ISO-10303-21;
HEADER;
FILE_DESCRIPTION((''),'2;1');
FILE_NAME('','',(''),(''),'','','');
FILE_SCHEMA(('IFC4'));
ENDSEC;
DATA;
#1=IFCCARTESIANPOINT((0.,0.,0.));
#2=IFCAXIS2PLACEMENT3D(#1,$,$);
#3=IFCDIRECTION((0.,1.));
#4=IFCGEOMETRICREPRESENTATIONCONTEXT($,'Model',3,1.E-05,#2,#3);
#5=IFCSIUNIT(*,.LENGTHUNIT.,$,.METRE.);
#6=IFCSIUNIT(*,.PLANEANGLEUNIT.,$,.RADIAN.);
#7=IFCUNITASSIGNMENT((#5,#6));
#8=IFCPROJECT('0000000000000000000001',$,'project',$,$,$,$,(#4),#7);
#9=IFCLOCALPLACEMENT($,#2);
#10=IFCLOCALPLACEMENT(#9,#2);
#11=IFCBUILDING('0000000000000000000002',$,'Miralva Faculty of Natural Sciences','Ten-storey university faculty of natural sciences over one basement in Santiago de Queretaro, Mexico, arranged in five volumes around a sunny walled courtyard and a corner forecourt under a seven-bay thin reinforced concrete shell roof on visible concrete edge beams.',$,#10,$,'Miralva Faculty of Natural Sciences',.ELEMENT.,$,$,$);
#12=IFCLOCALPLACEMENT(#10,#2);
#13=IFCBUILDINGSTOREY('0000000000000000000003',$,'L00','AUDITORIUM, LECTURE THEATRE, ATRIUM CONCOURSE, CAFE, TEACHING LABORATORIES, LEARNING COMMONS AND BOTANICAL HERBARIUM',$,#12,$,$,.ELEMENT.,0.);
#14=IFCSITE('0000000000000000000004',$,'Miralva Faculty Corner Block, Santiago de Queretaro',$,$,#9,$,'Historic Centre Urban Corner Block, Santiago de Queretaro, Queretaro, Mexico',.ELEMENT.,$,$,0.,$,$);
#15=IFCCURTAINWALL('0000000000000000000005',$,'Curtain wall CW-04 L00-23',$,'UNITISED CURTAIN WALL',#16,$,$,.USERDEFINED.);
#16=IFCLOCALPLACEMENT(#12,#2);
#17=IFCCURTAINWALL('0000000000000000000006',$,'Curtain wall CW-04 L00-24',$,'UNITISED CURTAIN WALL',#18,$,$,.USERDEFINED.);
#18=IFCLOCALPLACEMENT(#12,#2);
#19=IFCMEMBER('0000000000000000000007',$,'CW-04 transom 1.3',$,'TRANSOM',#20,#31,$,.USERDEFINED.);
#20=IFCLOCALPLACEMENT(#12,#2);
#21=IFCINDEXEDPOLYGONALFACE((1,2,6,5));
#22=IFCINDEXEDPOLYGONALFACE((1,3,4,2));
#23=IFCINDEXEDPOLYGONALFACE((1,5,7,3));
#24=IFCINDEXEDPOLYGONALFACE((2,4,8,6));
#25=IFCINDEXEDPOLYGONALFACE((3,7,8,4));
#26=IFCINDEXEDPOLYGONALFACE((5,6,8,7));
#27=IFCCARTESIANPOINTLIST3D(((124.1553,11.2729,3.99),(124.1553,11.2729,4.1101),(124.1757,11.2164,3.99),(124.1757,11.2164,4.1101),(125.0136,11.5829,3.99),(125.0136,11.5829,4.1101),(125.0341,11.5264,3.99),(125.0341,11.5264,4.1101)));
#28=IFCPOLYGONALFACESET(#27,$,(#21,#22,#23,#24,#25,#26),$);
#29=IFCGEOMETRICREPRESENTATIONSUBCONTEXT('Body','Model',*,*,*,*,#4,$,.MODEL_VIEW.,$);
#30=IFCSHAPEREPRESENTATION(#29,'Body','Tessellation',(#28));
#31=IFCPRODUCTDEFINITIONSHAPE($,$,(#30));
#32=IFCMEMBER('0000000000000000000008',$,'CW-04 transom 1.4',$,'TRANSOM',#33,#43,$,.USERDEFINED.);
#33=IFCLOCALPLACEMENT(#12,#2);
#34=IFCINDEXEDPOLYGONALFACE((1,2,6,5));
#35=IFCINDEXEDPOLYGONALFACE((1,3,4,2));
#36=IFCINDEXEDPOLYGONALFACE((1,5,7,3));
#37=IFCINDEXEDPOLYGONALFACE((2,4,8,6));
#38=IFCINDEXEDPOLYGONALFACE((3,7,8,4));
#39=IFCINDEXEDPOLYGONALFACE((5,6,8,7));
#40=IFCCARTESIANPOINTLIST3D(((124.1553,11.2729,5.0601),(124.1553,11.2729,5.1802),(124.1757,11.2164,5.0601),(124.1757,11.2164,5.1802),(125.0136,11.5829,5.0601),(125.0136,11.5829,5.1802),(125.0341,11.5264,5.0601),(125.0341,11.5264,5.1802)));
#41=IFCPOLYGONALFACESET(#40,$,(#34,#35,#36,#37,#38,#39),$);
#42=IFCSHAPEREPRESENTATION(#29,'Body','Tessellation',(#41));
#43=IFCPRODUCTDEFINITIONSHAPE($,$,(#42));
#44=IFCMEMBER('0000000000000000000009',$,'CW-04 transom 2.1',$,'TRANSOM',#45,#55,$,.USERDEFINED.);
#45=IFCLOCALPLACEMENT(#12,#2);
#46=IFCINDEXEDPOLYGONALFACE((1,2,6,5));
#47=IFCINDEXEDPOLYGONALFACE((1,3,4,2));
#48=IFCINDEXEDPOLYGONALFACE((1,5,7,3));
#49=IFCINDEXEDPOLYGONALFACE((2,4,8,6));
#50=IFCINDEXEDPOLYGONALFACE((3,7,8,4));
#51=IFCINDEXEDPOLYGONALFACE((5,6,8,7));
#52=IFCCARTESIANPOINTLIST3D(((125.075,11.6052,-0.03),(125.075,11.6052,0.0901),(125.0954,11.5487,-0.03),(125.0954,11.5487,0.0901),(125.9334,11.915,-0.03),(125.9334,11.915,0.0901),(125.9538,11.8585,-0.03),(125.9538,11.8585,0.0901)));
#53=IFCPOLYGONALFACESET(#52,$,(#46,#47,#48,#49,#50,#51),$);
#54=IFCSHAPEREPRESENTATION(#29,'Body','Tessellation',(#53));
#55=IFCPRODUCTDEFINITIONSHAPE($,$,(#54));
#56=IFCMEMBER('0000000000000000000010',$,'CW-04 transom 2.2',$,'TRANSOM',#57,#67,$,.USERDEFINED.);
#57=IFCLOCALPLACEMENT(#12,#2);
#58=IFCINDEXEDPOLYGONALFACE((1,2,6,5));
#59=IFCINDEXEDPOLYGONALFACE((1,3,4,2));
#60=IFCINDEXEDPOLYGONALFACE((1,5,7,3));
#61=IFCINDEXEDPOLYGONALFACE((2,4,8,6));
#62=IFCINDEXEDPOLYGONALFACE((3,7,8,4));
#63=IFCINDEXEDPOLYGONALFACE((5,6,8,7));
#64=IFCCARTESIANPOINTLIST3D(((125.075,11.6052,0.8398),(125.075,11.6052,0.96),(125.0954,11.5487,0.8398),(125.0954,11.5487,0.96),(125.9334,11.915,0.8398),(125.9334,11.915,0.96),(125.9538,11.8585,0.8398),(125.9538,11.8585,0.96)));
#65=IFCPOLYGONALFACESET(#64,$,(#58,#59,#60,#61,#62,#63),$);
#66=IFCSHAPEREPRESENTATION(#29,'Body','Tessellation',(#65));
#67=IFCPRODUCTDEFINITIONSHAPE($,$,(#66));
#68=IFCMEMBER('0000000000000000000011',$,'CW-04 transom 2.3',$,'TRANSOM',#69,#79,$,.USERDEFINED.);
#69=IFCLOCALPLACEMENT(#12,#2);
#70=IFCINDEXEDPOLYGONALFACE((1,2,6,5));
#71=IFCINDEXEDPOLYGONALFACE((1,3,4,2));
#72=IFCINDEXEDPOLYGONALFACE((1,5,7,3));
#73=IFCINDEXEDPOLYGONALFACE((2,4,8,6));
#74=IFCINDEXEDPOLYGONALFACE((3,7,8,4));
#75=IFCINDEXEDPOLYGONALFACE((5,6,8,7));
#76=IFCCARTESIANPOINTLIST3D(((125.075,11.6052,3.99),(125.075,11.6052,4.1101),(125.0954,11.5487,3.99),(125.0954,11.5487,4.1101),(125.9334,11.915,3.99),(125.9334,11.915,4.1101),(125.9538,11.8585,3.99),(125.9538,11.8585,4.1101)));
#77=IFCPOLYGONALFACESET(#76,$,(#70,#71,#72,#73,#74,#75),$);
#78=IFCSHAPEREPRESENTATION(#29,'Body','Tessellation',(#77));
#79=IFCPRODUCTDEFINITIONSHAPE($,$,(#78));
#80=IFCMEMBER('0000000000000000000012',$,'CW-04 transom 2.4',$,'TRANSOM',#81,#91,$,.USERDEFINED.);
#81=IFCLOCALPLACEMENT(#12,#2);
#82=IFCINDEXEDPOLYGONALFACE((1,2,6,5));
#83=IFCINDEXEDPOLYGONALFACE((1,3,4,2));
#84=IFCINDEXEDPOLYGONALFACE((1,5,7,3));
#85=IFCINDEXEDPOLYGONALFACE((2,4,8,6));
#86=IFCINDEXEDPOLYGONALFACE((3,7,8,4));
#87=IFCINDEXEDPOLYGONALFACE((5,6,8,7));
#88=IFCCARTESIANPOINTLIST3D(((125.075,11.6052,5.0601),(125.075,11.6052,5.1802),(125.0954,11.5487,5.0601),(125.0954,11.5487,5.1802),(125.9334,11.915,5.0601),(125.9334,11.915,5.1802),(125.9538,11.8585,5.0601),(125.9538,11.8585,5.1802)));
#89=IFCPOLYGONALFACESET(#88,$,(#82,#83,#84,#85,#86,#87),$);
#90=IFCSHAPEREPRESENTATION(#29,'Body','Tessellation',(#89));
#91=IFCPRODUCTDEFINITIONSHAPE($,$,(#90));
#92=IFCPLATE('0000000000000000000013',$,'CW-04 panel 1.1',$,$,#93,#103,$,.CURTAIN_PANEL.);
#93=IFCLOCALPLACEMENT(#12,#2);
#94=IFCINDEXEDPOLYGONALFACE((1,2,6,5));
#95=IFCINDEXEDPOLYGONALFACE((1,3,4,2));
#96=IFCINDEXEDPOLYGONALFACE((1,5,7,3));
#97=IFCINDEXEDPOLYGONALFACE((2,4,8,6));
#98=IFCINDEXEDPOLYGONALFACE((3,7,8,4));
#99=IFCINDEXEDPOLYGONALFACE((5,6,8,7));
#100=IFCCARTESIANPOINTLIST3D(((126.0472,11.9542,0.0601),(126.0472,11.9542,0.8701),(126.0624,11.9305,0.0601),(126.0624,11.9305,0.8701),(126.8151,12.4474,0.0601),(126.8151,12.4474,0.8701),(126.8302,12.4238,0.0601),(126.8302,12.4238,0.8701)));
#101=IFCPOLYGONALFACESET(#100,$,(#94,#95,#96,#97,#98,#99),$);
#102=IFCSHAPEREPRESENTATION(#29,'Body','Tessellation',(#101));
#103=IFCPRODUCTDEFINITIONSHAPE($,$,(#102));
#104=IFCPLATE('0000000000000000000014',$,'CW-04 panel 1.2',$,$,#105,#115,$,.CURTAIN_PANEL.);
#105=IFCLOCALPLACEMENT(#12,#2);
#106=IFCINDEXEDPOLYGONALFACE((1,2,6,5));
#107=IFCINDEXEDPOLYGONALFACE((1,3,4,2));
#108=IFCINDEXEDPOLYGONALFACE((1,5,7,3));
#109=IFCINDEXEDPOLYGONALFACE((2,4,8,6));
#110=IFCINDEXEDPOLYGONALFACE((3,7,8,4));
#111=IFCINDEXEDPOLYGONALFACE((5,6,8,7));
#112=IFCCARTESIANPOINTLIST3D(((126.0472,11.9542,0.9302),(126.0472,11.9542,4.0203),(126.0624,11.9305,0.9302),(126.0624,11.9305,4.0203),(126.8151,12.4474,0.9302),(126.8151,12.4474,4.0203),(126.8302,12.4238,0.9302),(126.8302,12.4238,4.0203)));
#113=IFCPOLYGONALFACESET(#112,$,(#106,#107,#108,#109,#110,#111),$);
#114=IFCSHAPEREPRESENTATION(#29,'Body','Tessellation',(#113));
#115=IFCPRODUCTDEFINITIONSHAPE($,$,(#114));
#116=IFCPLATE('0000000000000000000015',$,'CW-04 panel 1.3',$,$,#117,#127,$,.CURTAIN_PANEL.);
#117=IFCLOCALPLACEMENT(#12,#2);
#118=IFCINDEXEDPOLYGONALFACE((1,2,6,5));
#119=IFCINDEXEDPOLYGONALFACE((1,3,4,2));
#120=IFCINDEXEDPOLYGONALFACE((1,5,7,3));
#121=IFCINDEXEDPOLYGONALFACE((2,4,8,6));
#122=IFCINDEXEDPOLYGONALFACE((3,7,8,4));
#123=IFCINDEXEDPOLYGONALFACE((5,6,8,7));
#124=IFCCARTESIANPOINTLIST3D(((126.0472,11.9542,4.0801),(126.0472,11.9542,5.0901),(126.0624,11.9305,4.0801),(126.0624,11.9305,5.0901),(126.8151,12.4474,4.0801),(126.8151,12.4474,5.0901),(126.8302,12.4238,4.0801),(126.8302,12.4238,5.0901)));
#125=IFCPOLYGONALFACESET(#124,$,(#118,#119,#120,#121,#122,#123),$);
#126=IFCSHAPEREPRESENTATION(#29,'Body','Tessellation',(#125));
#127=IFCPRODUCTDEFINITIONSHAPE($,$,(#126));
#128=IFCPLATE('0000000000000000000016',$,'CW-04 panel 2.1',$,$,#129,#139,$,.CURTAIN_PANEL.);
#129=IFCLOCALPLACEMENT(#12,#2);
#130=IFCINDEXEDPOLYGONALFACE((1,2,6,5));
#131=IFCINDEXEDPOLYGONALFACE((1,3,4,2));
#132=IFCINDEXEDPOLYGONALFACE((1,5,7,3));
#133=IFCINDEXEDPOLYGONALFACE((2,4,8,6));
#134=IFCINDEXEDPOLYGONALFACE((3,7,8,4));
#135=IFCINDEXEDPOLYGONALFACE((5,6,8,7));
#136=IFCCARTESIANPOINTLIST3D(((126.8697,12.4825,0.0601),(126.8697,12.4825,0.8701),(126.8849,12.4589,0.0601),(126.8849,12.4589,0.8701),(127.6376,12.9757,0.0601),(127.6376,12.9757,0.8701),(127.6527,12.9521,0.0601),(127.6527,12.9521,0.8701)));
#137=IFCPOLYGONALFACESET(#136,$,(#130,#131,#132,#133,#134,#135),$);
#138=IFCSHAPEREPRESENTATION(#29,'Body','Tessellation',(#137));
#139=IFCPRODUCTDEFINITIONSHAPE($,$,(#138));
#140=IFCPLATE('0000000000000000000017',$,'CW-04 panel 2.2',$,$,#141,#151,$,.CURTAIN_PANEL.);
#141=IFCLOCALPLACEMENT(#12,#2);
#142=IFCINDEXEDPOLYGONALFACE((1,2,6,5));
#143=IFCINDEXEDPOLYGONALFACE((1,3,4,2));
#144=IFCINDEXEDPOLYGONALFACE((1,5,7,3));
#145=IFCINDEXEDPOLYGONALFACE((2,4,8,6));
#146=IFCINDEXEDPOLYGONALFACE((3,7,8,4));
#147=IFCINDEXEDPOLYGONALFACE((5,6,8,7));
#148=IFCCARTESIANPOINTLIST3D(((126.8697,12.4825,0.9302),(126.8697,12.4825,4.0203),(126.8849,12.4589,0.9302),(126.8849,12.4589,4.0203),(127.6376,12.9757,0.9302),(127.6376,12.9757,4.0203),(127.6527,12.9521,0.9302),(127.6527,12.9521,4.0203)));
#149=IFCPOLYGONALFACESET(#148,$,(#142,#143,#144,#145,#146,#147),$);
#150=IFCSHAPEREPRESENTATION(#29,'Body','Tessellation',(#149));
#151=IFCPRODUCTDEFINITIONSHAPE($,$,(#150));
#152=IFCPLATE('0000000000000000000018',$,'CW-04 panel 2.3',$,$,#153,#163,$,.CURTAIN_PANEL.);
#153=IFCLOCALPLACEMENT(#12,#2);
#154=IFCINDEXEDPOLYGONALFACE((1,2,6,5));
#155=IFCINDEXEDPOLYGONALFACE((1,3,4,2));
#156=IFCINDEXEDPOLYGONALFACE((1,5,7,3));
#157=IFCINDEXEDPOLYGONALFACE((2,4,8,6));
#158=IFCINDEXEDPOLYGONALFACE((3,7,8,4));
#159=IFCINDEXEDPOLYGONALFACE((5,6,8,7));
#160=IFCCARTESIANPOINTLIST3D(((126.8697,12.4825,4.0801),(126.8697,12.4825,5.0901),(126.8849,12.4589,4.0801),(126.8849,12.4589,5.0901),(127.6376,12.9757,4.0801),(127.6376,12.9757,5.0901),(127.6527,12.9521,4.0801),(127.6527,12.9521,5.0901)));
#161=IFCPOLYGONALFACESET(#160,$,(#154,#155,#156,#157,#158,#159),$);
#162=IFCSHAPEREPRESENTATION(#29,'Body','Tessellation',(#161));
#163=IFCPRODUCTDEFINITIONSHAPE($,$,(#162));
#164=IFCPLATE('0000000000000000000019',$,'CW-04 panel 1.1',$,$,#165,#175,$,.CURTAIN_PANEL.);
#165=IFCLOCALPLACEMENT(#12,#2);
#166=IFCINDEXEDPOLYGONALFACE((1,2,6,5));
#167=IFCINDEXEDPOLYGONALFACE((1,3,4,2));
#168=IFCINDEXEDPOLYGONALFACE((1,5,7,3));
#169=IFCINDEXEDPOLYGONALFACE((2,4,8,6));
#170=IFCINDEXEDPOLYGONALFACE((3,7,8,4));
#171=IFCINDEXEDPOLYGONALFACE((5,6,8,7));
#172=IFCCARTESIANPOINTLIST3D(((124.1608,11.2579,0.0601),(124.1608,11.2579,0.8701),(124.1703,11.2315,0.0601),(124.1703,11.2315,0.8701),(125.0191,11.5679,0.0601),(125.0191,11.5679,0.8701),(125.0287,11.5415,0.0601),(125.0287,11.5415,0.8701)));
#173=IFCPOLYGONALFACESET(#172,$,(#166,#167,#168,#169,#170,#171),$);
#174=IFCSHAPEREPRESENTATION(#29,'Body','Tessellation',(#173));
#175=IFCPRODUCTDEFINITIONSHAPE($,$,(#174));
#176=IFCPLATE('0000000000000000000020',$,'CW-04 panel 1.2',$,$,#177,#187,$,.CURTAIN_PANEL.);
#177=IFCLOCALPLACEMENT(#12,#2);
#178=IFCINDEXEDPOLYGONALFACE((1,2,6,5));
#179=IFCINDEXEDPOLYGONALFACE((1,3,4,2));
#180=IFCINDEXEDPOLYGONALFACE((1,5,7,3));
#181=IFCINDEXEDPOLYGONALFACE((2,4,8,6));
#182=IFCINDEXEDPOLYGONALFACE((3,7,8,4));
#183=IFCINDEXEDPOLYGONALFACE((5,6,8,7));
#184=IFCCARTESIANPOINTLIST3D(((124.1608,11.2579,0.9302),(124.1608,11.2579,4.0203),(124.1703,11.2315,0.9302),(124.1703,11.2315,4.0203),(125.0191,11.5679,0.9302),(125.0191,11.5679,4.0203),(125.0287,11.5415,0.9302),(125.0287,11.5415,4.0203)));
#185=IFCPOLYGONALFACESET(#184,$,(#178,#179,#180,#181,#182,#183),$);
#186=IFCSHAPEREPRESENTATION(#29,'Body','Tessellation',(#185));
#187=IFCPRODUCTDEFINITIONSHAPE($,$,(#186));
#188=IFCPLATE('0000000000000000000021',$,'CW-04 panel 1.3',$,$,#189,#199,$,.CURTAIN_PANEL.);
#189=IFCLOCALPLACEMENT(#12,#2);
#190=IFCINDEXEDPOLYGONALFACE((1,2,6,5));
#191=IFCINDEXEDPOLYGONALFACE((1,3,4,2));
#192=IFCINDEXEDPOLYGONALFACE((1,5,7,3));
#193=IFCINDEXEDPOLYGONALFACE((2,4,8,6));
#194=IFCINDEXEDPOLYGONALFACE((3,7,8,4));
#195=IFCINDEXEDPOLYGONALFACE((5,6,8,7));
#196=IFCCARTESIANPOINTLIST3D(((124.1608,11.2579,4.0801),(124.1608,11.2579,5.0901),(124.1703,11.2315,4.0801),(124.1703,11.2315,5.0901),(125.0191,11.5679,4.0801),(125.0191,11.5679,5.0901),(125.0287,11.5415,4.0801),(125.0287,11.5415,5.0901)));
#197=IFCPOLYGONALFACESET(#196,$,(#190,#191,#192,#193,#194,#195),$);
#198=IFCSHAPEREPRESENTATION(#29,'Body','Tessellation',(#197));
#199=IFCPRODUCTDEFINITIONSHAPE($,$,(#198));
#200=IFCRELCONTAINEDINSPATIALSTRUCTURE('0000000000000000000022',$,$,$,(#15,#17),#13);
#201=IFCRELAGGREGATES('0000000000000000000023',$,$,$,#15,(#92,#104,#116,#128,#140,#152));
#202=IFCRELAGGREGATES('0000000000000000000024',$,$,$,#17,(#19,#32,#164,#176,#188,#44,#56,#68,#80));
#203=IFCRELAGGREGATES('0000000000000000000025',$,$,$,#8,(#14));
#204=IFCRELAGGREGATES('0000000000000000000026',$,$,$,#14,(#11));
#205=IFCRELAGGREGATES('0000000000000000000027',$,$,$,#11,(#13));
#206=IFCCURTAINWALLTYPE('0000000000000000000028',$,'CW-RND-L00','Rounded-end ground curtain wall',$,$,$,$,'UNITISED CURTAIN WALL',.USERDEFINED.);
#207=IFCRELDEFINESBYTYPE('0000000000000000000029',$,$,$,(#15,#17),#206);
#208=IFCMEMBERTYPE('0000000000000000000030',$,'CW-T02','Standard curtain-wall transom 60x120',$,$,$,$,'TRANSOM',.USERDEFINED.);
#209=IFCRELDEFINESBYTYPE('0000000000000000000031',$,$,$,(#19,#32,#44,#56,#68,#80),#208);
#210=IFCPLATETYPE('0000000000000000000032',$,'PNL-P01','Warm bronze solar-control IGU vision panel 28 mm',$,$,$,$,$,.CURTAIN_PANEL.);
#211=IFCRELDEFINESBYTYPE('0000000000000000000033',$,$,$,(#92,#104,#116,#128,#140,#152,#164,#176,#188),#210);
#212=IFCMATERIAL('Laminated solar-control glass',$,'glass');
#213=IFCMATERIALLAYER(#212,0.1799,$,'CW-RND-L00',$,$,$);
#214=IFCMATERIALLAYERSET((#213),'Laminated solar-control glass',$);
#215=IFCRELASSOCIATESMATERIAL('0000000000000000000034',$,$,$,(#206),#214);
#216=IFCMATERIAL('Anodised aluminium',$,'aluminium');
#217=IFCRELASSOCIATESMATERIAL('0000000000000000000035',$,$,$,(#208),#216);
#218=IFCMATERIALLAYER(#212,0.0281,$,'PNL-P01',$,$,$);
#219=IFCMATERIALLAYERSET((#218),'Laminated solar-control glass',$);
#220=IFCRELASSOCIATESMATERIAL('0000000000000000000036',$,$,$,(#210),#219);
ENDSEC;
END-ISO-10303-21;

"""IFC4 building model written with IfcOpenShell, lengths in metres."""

from ifc_helpers import new_model, si_unit, direction, frame, origin, origin_2d, place, context, subcontext, project, spatial, rectangle, extrude, material, layer, layer_set, material_profile, profile_set, type_object, element, aggregate, save


model = new_model("IFC4")

# Units and contexts
model_context = context("Model", 3, precision=1e-05, world=origin(), true_north=direction((0.0, 1.0)))
body_context = subcontext(model_context, "Body", "Model", "MODEL_VIEW")
ifc_project = project(units=[si_unit("LENGTHUNIT", "METRE"), si_unit("PLANEANGLEUNIT", "RADIAN")], contexts=[model_context])

# Site, building, storey
site_placement = place(None, origin())
site = spatial("IfcSite", under=ifc_project, at=site_placement, Name="Miralva Faculty Corner Block, Santiago de Queretaro", LongName="Historic Centre Urban Corner Block, Santiago de Queretaro, Queretaro, Mexico", CompositionType="ELEMENT", RefElevation=0.0)
building_placement = place(site_placement, origin())
building = spatial("IfcBuilding", under=site, at=building_placement, Name="Miralva Faculty of Natural Sciences", Description="Ten-storey university faculty of natural sciences over one basement in Santiago de Queretaro, Mexico, arranged in five volumes around a sunny walled courtyard and a corner forecourt under a seven-bay thin reinforced concrete shell roof on visible concrete edge beams.", LongName="Miralva Faculty of Natural Sciences", CompositionType="ELEMENT")
storey_placement = place(building_placement, origin())
storey = spatial("IfcBuildingStorey", under=building, at=storey_placement, Name="L00", Description="AUDITORIUM, LECTURE THEATRE, ATRIUM CONCOURSE, CAFE, TEACHING LABORATORIES, LEARNING COMMONS AND BOTANICAL HERBARIUM", CompositionType="ELEMENT", Elevation=0.0)

# Shared definitions
ifc_material_1 = material(Name="Laminated solar-control glass", Category="glass")
ifc_layer_1 = layer(ifc_material_1, 0.1799, Name="CW-RND-L00")
ifc_layer_set_1 = layer_set([ifc_layer_1], Name="Laminated solar-control glass")
curtain_wall_type = type_object("IfcCurtainWallType", Name="CW-RND-L00", Description="Rounded-end ground curtain wall", ElementType="UNITISED CURTAIN WALL", PredefinedType="USERDEFINED", material=ifc_layer_set_1)
ifc_material_2 = material(Name="Anodised aluminium", Category="aluminium")

# Curtain walls
curtain_wall_1_placement = place(storey_placement, origin())
curtain_wall_1 = element("IfcCurtainWall", 1, at=curtain_wall_1_placement, inside=storey, type_object=curtain_wall_type, Name="Curtain wall CW-04 L00-23", ObjectType="UNITISED CURTAIN WALL", PredefinedType="USERDEFINED")
curtain_wall_2_placement = place(storey_placement, origin())
curtain_wall_2 = element("IfcCurtainWall", 2, at=curtain_wall_2_placement, inside=storey, type_object=curtain_wall_type, Name="Curtain wall CW-04 L00-24", ObjectType="UNITISED CURTAIN WALL", PredefinedType="USERDEFINED")

# Members
ifc_material_profile_1 = material_profile(ifc_material_2, rectangle(XDim=0.0601, YDim=0.1201, at=origin_2d()), Name="TRANSOM 60x120")
ifc_profile_set_1 = profile_set([ifc_material_profile_1], Name="Anodised aluminium")
member_type_1 = type_object("IfcMemberType", Name="CW-T02", Description="Standard curtain-wall transom 60x120", ElementType="TRANSOM", PredefinedType="USERDEFINED", material=ifc_profile_set_1)
member_1_placement = place(storey_placement, frame((124.1655, 11.2446, 4.05), z_axis=(0.940525, 0.339723, 0.0), x_axis=(-0.339723, 0.940525, 0.0)))
member_1 = element("IfcMember", 3, at=member_1_placement, type_object=member_type_1, Name="CW-04 transom 1.3", ObjectType="TRANSOM", PredefinedType="USERDEFINED", context=body_context, shape_type="SweptSolid", body=[
    extrude(rectangle(XDim=0.0601, YDim=0.1201, at=origin_2d()), origin(), (0.0, 0.0, 1.0), 0.9126),
])
member_2_placement = place(storey_placement, frame((124.1655, 11.2446, 5.1201), z_axis=(0.940525, 0.339723, 0.0), x_axis=(-0.339723, 0.940525, 0.0)))
member_2 = element("IfcMember", 4, at=member_2_placement, type_object=member_type_1, Name="CW-04 transom 1.4", ObjectType="TRANSOM", PredefinedType="USERDEFINED", context=body_context, shape_type="SweptSolid", body=[
    extrude(rectangle(XDim=0.0601, YDim=0.1201, at=origin_2d()), origin(), (0.0, 0.0, 1.0), 0.9126),
])
member_3_placement = place(storey_placement, frame((125.0852, 11.5769, 0.03), z_axis=(0.940611, 0.339487, 0.0), x_axis=(-0.339487, 0.940611, 0.0)))
member_3 = element("IfcMember", 5, at=member_3_placement, type_object=member_type_1, Name="CW-04 transom 2.1", ObjectType="TRANSOM", PredefinedType="USERDEFINED", context=body_context, shape_type="SweptSolid", body=[
    extrude(rectangle(XDim=0.0601, YDim=0.1201, at=origin_2d()), origin(), (0.0, 0.0, 1.0), 0.9126),
])
member_4_placement = place(storey_placement, frame((125.0852, 11.5769, 0.8999), z_axis=(0.940611, 0.339487, 0.0), x_axis=(-0.339487, 0.940611, 0.0)))
member_4 = element("IfcMember", 6, at=member_4_placement, type_object=member_type_1, Name="CW-04 transom 2.2", ObjectType="TRANSOM", PredefinedType="USERDEFINED", context=body_context, shape_type="SweptSolid", body=[
    extrude(rectangle(XDim=0.0601, YDim=0.1201, at=origin_2d()), origin(), (0.0, 0.0, 1.0), 0.9126),
])
member_5_placement = place(storey_placement, frame((125.0852, 11.5769, 4.05), z_axis=(0.940611, 0.339487, 0.0), x_axis=(-0.339487, 0.940611, 0.0)))
member_5 = element("IfcMember", 7, at=member_5_placement, type_object=member_type_1, Name="CW-04 transom 2.3", ObjectType="TRANSOM", PredefinedType="USERDEFINED", context=body_context, shape_type="SweptSolid", body=[
    extrude(rectangle(XDim=0.0601, YDim=0.1201, at=origin_2d()), origin(), (0.0, 0.0, 1.0), 0.9126),
])
member_6_placement = place(storey_placement, frame((125.0852, 11.5769, 5.1201), z_axis=(0.940611, 0.339487, 0.0), x_axis=(-0.339487, 0.940611, 0.0)))
member_6 = element("IfcMember", 8, at=member_6_placement, type_object=member_type_1, Name="CW-04 transom 2.4", ObjectType="TRANSOM", PredefinedType="USERDEFINED", context=body_context, shape_type="SweptSolid", body=[
    extrude(rectangle(XDim=0.0601, YDim=0.1201, at=origin_2d()), origin(), (0.0, 0.0, 1.0), 0.9126),
])

# Plates
ifc_layer_2 = layer(ifc_material_1, 0.0281, Name="PNL-P01")
ifc_layer_set_2 = layer_set([ifc_layer_2], Name="Laminated solar-control glass")
plate_type = type_object("IfcPlateType", Name="PNL-P01", Description="Warm bronze solar-control IGU vision panel 28 mm", PredefinedType="CURTAIN_PANEL", material=ifc_layer_set_2)
plate_1_placement = place(storey_placement, frame((126.4387, 12.189, 0.0601), z_axis=(0.0, 0.0, 1.0), x_axis=(0.841379, 0.540445, 0.0)))
plate_1 = element("IfcPlate", 9, at=plate_1_placement, type_object=plate_type, Name="CW-04 panel 1.1", PredefinedType="CURTAIN_PANEL", context=body_context, shape_type="SweptSolid", body=[
    extrude(rectangle(XDim=0.9126, YDim=0.0281, at=origin_2d()), origin(), (0.0, 0.0, 1.0), 0.8101),
])
plate_2_placement = place(storey_placement, frame((126.4387, 12.189, 0.9302), z_axis=(0.0, 0.0, 1.0), x_axis=(0.841379, 0.540445, 0.0)))
plate_2 = element("IfcPlate", 10, at=plate_2_placement, type_object=plate_type, Name="CW-04 panel 1.2", PredefinedType="CURTAIN_PANEL", context=body_context, shape_type="SweptSolid", body=[
    extrude(rectangle(XDim=0.9126, YDim=0.0281, at=origin_2d()), origin(), (0.0, 0.0, 1.0), 3.0901),
])
plate_3_placement = place(storey_placement, frame((126.4387, 12.189, 4.0801), z_axis=(0.0, 0.0, 1.0), x_axis=(0.841379, 0.540445, 0.0)))
plate_3 = element("IfcPlate", 11, at=plate_3_placement, type_object=plate_type, Name="CW-04 panel 1.3", PredefinedType="CURTAIN_PANEL", context=body_context, shape_type="SweptSolid", body=[
    extrude(rectangle(XDim=0.9126, YDim=0.0281, at=origin_2d()), origin(), (0.0, 0.0, 1.0), 1.01),
])
plate_4_placement = place(storey_placement, frame((127.2612, 12.7173, 0.0601), z_axis=(0.0, 0.0, 1.0), x_axis=(0.841379, 0.540445, 0.0)))
plate_4 = element("IfcPlate", 12, at=plate_4_placement, type_object=plate_type, Name="CW-04 panel 2.1", PredefinedType="CURTAIN_PANEL", context=body_context, shape_type="SweptSolid", body=[
    extrude(rectangle(XDim=0.9126, YDim=0.0281, at=origin_2d()), origin(), (0.0, 0.0, 1.0), 0.8101),
])
plate_5_placement = place(storey_placement, frame((127.2612, 12.7173, 0.9302), z_axis=(0.0, 0.0, 1.0), x_axis=(0.841379, 0.540445, 0.0)))
plate_5 = element("IfcPlate", 13, at=plate_5_placement, type_object=plate_type, Name="CW-04 panel 2.2", PredefinedType="CURTAIN_PANEL", context=body_context, shape_type="SweptSolid", body=[
    extrude(rectangle(XDim=0.9126, YDim=0.0281, at=origin_2d()), origin(), (0.0, 0.0, 1.0), 3.0901),
])
plate_6_placement = place(storey_placement, frame((127.2612, 12.7173, 4.0801), z_axis=(0.0, 0.0, 1.0), x_axis=(0.841379, 0.540445, 0.0)))
plate_6 = element("IfcPlate", 14, at=plate_6_placement, type_object=plate_type, Name="CW-04 panel 2.3", PredefinedType="CURTAIN_PANEL", context=body_context, shape_type="SweptSolid", body=[
    extrude(rectangle(XDim=0.9126, YDim=0.0281, at=origin_2d()), origin(), (0.0, 0.0, 1.0), 1.01),
])
aggregate(curtain_wall_1, [plate_1, plate_2, plate_3, plate_4, plate_5, plate_6])
plate_7_placement = place(storey_placement, frame((124.5947, 11.3997, 0.0601), z_axis=(0.0, 0.0, 1.0), x_axis=(0.940535, 0.339696, 0.0)))
plate_7 = element("IfcPlate", 15, at=plate_7_placement, type_object=plate_type, Name="CW-04 panel 1.1", PredefinedType="CURTAIN_PANEL", context=body_context, shape_type="SweptSolid", body=[
    extrude(rectangle(XDim=0.9126, YDim=0.0281, at=origin_2d()), origin(), (0.0, 0.0, 1.0), 0.8101),
])
plate_8_placement = place(storey_placement, frame((124.5947, 11.3997, 0.9302), z_axis=(0.0, 0.0, 1.0), x_axis=(0.940535, 0.339696, 0.0)))
plate_8 = element("IfcPlate", 16, at=plate_8_placement, type_object=plate_type, Name="CW-04 panel 1.2", PredefinedType="CURTAIN_PANEL", context=body_context, shape_type="SweptSolid", body=[
    extrude(rectangle(XDim=0.9126, YDim=0.0281, at=origin_2d()), origin(), (0.0, 0.0, 1.0), 3.0901),
])
plate_9_placement = place(storey_placement, frame((124.5947, 11.3997, 4.0801), z_axis=(0.0, 0.0, 1.0), x_axis=(0.940535, 0.339696, 0.0)))
plate_9 = element("IfcPlate", 17, at=plate_9_placement, type_object=plate_type, Name="CW-04 panel 1.3", PredefinedType="CURTAIN_PANEL", context=body_context, shape_type="SweptSolid", body=[
    extrude(rectangle(XDim=0.9126, YDim=0.0281, at=origin_2d()), origin(), (0.0, 0.0, 1.0), 1.01),
])
aggregate(curtain_wall_2, [member_1, member_2, plate_7, plate_8, plate_9, member_3, member_4, member_5, member_6])

save(model, "model.ifc")
